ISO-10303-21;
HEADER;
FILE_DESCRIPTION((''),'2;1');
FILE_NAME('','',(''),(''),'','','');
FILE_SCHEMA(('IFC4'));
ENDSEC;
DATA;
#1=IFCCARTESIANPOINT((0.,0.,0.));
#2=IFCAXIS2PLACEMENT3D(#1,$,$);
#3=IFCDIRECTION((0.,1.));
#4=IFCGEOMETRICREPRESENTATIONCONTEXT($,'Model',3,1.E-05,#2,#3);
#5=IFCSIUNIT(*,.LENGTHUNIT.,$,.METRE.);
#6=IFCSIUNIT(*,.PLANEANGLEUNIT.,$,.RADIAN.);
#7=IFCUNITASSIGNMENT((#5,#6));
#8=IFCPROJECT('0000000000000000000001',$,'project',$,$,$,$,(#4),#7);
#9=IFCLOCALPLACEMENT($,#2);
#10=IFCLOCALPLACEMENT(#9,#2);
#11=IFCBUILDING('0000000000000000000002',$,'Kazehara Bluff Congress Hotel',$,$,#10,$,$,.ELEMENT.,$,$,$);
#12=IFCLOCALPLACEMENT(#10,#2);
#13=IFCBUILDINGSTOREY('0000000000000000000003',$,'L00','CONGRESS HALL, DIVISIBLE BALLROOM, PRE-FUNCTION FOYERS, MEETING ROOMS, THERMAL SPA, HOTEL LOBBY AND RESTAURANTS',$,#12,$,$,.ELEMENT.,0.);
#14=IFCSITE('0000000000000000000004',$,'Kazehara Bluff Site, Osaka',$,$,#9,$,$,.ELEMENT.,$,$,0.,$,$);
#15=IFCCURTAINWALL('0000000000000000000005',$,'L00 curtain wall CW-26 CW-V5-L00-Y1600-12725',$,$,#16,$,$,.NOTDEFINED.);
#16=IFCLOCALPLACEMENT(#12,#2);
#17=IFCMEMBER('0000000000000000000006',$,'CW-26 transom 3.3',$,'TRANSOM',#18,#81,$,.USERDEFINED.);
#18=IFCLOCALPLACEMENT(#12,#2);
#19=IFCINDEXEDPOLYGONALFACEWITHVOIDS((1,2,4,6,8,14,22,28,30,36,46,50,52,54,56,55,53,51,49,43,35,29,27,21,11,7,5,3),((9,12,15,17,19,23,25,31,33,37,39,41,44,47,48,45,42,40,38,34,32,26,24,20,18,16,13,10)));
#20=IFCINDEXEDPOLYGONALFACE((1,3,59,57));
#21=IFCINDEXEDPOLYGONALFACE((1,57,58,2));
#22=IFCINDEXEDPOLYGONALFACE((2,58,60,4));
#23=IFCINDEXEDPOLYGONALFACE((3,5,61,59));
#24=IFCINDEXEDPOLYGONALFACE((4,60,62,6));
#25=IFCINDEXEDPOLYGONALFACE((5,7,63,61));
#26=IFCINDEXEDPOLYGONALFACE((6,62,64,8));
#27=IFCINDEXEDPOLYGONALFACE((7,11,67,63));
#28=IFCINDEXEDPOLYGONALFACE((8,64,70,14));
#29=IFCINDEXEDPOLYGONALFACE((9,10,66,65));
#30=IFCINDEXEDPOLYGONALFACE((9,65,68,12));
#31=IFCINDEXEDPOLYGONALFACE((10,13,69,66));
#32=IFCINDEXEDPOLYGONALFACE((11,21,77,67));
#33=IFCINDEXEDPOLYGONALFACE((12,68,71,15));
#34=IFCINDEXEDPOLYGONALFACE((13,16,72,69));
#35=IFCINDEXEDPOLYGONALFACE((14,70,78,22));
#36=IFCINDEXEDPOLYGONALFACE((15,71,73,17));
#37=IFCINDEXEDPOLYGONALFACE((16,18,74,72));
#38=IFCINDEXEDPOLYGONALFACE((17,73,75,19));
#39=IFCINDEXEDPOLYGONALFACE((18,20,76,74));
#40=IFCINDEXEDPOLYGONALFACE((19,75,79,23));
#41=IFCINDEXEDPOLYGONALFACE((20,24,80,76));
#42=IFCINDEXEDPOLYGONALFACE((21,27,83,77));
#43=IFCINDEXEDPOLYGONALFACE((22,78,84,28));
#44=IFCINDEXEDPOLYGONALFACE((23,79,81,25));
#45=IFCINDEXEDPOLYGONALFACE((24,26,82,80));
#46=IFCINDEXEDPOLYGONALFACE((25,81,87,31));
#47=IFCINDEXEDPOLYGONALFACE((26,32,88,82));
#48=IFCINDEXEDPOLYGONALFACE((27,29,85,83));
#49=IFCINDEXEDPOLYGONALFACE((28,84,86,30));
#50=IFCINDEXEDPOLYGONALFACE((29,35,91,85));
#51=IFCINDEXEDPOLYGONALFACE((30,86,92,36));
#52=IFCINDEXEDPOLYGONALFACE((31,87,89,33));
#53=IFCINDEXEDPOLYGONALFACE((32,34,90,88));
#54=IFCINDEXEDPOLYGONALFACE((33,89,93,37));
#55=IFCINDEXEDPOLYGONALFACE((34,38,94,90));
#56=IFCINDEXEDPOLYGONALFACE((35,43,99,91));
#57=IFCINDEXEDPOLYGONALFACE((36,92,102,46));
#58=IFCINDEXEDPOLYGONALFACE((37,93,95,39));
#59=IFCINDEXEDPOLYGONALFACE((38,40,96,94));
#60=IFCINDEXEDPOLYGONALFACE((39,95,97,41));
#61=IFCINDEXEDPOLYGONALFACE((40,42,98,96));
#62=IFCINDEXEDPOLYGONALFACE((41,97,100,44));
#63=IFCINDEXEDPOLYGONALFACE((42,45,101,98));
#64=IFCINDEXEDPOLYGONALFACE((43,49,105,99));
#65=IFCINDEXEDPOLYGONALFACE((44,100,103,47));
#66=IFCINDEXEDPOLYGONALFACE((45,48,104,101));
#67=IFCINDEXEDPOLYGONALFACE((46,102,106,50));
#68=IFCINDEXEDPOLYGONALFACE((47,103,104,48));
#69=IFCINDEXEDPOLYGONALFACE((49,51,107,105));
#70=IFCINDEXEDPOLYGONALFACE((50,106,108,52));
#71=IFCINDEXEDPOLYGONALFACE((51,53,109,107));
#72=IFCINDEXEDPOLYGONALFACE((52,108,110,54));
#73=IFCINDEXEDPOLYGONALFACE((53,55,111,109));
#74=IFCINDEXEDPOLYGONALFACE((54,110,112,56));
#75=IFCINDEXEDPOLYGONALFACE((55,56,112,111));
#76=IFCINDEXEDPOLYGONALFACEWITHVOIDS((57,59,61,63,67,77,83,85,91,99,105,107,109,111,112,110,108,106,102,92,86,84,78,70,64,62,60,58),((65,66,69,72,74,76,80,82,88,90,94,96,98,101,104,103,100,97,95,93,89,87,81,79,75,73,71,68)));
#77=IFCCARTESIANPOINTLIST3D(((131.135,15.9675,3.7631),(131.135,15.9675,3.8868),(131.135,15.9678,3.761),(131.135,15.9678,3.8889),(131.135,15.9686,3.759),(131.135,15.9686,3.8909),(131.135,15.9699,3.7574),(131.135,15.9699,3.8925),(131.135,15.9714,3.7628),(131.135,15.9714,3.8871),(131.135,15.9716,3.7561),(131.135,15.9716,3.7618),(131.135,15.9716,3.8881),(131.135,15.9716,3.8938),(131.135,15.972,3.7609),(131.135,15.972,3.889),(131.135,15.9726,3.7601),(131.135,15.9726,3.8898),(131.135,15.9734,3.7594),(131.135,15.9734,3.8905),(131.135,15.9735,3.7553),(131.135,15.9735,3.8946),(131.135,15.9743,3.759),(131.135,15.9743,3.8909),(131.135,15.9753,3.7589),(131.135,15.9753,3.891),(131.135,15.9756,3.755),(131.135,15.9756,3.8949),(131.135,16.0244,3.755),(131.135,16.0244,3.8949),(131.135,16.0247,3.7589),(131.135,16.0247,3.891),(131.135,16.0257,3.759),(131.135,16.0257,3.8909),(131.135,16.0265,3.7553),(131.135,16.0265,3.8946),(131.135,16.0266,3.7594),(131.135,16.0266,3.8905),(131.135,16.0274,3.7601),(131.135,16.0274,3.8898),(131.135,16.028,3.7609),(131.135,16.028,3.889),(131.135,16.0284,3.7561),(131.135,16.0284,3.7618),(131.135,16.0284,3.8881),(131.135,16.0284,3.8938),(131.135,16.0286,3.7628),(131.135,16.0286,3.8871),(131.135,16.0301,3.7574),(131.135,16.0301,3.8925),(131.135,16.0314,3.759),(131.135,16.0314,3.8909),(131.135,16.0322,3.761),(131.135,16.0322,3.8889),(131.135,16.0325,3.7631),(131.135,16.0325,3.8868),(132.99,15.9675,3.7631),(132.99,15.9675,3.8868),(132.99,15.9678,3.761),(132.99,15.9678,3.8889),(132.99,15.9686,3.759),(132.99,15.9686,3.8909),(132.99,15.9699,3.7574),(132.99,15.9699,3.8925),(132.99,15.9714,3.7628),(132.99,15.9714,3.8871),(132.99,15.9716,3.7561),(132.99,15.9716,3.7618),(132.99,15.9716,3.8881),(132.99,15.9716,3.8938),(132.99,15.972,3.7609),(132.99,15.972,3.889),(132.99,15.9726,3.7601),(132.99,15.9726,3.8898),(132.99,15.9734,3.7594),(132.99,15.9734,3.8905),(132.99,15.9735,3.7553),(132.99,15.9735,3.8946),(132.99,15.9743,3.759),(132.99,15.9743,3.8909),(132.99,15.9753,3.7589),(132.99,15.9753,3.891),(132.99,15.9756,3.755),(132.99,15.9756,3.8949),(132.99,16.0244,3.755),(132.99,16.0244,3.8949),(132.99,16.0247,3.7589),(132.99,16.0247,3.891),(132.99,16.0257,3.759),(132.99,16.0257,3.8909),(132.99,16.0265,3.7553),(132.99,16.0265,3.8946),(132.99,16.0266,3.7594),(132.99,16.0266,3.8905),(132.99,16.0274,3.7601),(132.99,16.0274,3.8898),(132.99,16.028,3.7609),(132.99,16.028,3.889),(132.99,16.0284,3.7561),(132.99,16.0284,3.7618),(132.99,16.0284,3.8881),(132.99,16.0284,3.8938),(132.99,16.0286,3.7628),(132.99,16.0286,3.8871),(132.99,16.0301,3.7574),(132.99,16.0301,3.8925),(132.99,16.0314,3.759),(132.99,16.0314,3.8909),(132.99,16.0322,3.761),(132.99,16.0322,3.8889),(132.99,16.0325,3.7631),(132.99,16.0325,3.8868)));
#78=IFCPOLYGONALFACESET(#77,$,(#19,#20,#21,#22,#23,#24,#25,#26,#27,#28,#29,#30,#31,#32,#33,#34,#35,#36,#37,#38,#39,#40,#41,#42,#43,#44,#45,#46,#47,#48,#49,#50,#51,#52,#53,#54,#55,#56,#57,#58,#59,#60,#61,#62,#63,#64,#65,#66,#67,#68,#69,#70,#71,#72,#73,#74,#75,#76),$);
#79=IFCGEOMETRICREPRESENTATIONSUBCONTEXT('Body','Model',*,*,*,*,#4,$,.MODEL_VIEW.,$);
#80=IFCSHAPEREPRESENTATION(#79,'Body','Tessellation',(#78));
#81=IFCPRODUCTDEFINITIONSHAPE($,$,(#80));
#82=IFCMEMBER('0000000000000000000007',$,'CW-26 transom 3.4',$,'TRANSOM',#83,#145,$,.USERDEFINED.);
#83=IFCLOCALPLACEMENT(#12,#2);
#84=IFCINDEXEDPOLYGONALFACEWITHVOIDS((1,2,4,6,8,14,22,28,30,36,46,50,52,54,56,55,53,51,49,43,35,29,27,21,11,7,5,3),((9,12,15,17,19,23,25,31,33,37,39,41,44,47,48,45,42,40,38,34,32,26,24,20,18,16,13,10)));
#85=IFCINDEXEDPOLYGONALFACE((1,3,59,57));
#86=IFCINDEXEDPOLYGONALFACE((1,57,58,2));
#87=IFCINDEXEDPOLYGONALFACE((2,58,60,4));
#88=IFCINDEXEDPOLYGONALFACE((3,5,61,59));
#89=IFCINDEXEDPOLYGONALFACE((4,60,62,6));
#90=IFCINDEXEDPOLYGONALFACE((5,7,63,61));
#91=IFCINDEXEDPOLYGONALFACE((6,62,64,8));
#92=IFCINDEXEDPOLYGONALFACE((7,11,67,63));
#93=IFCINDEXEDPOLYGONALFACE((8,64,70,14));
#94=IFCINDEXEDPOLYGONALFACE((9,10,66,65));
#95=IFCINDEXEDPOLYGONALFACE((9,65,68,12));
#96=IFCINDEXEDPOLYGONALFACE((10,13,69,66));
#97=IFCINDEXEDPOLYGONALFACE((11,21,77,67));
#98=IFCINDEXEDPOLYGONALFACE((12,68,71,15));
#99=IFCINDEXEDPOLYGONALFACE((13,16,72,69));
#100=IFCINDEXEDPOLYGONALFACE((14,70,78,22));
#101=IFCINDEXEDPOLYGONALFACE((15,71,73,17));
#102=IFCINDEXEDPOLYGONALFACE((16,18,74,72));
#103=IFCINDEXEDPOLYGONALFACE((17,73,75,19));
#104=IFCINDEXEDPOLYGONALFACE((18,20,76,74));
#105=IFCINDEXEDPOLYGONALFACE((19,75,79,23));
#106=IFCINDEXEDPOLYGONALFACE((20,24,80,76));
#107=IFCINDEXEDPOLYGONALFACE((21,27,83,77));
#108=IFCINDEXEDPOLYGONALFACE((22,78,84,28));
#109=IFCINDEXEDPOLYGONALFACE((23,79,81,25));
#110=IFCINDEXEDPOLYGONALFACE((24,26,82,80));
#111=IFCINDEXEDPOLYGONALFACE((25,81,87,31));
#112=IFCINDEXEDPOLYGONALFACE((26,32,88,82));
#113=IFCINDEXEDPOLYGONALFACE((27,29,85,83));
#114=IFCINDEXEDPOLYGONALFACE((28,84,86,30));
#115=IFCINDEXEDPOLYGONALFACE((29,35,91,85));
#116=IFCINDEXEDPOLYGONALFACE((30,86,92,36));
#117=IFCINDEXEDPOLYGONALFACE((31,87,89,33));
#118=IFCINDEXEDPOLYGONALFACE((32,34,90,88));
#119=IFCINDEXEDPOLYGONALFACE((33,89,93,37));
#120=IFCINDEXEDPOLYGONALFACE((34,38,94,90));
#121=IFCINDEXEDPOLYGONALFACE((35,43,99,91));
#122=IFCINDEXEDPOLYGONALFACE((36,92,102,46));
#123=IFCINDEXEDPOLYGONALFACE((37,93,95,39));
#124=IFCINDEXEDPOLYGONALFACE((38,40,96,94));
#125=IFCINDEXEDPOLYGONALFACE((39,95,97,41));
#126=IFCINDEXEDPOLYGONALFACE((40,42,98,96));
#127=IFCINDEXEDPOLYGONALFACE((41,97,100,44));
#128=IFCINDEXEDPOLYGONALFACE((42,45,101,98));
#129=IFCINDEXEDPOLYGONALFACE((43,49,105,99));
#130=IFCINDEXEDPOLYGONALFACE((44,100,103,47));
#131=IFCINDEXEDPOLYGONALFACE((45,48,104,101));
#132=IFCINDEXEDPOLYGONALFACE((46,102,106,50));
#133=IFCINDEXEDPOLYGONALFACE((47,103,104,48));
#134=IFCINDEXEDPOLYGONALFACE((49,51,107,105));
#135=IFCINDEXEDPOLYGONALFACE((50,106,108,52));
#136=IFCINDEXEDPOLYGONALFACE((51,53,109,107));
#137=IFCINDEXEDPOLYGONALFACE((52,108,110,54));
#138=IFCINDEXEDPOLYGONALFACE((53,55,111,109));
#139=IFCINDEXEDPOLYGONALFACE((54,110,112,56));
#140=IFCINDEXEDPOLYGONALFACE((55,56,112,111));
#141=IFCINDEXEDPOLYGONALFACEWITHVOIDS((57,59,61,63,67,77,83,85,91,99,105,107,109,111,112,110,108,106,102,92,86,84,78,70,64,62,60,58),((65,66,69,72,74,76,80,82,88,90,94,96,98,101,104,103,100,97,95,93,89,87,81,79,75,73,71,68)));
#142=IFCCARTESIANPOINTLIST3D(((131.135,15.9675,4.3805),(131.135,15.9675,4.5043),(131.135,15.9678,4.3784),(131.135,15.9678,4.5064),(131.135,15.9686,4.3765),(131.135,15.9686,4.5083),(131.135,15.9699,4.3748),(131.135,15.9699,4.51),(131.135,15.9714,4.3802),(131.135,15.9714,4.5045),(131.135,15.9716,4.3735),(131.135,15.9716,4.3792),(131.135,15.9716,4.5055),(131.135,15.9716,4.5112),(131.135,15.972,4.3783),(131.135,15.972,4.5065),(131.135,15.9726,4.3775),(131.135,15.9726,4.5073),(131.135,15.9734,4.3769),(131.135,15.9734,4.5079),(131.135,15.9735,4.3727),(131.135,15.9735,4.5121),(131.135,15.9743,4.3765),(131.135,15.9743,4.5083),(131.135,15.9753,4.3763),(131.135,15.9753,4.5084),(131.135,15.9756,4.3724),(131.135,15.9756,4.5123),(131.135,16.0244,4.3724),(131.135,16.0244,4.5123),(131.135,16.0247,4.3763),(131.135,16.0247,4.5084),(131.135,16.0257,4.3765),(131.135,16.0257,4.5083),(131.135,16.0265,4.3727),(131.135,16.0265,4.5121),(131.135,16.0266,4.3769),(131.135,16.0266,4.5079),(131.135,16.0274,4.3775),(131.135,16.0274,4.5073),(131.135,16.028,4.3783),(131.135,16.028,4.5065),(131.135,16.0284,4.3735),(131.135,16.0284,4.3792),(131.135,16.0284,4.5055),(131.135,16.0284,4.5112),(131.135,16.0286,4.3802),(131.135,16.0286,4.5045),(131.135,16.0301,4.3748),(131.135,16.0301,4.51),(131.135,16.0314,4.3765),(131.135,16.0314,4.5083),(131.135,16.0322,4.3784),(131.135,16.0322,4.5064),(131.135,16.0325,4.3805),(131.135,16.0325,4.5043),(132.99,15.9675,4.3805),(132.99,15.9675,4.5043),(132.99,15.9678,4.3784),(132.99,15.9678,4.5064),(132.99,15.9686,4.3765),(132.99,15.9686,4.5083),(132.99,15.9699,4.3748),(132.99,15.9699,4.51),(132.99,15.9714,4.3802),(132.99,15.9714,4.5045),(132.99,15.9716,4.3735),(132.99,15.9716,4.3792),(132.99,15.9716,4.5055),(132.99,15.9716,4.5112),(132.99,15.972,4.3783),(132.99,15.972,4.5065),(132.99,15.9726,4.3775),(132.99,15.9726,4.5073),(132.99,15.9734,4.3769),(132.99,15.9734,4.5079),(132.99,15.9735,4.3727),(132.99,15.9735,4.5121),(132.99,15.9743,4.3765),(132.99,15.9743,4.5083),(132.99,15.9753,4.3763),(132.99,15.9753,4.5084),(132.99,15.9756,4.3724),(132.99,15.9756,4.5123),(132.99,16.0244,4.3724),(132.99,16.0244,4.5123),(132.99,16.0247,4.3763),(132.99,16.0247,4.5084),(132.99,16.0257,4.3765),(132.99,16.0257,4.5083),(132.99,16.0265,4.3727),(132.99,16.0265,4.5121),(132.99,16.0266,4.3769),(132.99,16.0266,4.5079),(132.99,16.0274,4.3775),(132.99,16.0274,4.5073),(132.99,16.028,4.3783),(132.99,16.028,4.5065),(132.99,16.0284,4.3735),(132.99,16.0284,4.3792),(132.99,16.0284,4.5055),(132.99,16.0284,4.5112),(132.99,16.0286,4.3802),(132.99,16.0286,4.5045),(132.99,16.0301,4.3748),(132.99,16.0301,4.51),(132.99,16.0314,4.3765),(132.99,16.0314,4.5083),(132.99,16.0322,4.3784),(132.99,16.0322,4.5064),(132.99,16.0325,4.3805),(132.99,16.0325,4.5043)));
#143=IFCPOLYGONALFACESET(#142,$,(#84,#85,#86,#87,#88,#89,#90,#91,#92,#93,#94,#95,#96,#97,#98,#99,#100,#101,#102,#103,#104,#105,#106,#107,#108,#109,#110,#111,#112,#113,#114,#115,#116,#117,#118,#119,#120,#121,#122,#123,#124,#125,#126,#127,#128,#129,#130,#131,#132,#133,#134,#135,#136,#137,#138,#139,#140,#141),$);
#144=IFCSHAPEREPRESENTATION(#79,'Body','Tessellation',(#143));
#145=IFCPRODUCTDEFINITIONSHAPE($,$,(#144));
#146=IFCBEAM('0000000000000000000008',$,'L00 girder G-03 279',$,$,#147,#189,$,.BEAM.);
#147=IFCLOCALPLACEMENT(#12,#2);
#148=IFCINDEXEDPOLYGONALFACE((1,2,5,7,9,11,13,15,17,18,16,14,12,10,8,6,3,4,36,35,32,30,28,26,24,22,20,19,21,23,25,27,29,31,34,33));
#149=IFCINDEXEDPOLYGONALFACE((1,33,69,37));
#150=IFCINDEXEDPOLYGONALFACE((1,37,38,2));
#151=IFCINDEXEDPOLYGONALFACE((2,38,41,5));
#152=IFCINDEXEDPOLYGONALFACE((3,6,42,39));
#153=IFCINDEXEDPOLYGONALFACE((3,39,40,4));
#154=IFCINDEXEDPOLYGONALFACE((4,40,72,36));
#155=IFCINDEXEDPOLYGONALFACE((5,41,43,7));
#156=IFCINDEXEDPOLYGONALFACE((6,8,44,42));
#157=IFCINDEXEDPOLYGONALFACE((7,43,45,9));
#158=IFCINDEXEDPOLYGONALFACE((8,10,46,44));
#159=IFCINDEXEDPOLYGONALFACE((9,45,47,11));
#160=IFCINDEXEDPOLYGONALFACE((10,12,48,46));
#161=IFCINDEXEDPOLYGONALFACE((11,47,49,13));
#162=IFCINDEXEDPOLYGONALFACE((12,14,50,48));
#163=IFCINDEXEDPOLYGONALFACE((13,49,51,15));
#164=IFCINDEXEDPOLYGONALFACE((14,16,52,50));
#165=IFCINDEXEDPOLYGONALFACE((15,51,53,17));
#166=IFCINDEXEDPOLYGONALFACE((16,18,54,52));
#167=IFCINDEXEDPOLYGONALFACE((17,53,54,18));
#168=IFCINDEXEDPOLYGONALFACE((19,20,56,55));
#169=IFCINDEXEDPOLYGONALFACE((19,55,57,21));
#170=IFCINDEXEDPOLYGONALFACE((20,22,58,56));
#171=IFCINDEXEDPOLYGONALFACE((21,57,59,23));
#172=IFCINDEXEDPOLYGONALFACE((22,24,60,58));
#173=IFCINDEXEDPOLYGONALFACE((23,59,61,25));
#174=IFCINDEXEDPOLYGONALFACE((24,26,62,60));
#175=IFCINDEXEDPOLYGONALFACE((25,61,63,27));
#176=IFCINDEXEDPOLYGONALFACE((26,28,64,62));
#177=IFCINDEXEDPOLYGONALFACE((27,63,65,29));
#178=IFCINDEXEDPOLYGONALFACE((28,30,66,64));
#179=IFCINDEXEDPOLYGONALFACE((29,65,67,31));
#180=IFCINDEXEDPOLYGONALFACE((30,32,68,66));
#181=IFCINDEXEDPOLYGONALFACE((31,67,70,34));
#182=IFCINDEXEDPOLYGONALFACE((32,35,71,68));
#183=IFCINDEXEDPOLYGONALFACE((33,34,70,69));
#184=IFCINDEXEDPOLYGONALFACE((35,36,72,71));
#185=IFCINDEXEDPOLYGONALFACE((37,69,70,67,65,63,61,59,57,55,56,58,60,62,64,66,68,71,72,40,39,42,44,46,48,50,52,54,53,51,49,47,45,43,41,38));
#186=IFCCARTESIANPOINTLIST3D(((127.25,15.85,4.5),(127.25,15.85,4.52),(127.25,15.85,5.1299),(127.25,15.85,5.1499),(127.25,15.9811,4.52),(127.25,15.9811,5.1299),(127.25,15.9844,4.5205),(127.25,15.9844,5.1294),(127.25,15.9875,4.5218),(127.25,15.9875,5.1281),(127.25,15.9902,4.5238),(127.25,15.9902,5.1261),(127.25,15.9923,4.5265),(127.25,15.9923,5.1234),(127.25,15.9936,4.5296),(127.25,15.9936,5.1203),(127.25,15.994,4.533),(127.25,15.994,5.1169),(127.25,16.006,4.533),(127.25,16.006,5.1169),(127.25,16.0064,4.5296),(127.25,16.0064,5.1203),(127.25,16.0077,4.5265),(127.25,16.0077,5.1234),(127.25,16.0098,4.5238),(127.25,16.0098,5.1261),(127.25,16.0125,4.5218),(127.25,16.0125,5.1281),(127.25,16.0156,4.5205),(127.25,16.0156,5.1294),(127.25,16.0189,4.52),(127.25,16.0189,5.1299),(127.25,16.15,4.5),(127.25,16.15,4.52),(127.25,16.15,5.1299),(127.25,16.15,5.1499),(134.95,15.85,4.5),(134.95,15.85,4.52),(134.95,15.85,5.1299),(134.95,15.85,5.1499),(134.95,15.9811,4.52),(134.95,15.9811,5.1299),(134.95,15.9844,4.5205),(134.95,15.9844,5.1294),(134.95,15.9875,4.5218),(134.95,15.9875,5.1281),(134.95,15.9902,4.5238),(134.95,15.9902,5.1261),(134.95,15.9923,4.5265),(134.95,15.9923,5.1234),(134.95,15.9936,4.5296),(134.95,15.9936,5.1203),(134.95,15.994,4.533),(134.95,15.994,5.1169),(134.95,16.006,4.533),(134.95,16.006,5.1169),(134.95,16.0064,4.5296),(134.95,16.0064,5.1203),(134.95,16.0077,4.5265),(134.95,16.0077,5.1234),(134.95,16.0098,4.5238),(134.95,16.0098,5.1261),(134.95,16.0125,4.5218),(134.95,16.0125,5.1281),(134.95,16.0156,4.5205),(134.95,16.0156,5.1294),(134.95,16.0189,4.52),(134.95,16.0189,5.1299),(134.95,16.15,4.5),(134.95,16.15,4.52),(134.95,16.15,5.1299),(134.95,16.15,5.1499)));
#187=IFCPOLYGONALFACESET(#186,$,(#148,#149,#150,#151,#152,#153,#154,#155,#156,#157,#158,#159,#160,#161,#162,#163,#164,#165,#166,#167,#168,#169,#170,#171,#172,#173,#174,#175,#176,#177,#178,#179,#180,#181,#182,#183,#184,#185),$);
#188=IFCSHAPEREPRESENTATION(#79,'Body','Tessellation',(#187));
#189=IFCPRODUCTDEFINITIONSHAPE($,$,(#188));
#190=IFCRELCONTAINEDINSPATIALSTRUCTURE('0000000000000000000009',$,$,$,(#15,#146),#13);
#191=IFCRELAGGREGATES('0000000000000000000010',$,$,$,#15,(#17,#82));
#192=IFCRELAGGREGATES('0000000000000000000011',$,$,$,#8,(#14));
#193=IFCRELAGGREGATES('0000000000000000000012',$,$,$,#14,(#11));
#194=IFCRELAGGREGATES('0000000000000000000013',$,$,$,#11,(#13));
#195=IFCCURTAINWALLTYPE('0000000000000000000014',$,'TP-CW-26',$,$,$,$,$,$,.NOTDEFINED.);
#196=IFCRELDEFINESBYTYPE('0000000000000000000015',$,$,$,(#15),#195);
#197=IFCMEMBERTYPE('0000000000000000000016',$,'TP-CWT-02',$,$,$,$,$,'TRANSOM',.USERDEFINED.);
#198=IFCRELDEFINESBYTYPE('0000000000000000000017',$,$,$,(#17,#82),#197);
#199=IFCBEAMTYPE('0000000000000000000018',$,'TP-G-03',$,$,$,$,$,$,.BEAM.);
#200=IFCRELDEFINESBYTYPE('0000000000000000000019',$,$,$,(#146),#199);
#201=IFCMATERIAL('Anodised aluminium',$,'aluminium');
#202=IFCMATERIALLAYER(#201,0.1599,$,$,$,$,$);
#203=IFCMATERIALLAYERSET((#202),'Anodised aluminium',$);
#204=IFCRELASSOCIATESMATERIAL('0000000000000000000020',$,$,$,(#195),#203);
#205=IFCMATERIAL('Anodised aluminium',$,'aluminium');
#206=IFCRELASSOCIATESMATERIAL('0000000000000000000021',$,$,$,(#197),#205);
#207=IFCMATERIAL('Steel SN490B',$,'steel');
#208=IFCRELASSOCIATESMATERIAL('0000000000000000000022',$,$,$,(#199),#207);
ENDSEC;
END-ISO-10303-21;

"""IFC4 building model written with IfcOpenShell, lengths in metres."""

from ifc_helpers import new_model, si_unit, direction, frame, origin, origin_2d, place, context, subcontext, project, spatial, hollow_rectangle, i_section, extrude, material, layer, layer_set, material_profile, profile_set, type_object, element, aggregate, save


model = new_model("IFC4")

# Units and contexts
model_context = context("Model", 3, precision=1e-05, world=origin(), true_north=direction((0.0, 1.0)))
body_context = subcontext(model_context, "Body", "Model", "MODEL_VIEW")
ifc_project = project(units=[si_unit("LENGTHUNIT", "METRE"), si_unit("PLANEANGLEUNIT", "RADIAN")], contexts=[model_context])

# Site, building, storey
site_placement = place(None, origin())
site = spatial("IfcSite", under=ifc_project, at=site_placement, Name="Kazehara Bluff Site, Osaka", CompositionType="ELEMENT", RefElevation=0.0)
building_placement = place(site_placement, origin())
building = spatial("IfcBuilding", under=site, at=building_placement, Name="Kazehara Bluff Congress Hotel", CompositionType="ELEMENT")
storey_placement = place(building_placement, origin())
storey = spatial("IfcBuildingStorey", under=building, at=storey_placement, Name="L00", Description="CONGRESS HALL, DIVISIBLE BALLROOM, PRE-FUNCTION FOYERS, MEETING ROOMS, THERMAL SPA, HOTEL LOBBY AND RESTAURANTS", CompositionType="ELEMENT", Elevation=0.0)

# Shared definitions
ifc_material_1 = material(Name="Anodised aluminium", Category="aluminium")
ifc_layer_1 = layer(ifc_material_1, 0.1599)
ifc_layer_set_1 = layer_set([ifc_layer_1], Name="Anodised aluminium")
curtain_wall_type = type_object("IfcCurtainWallType", Name="TP-CW-26", PredefinedType="NOTDEFINED", material=ifc_layer_set_1)

# Curtain wall
curtain_wall_1_placement = place(storey_placement, origin())
curtain_wall_1 = element("IfcCurtainWall", 1, at=curtain_wall_1_placement, inside=storey, type_object=curtain_wall_type, Name="L00 curtain wall CW-26 CW-V5-L00-Y1600-12725", PredefinedType="NOTDEFINED")

# Members
ifc_material_2 = material(Name="Anodised aluminium", Category="aluminium")
ifc_material_profile_1 = material_profile(ifc_material_2, hollow_rectangle(XDim=0.0649, YDim=0.1399, WallThickness=0.0039, InnerFilletRadius=0.0039, OuterFilletRadius=0.0081, at=origin_2d()))
ifc_profile_set_1 = profile_set([ifc_material_profile_1], Name="Anodised aluminium")
member_type_1 = type_object("IfcMemberType", Name="TP-CWT-02", ElementType="TRANSOM", PredefinedType="USERDEFINED", material=ifc_profile_set_1)
member_1_placement = place(storey_placement, frame((131.135, 16.0, 3.825), z_axis=(1.0, 0.0, 0.0), x_axis=(0.0, 1.0, 0.0)))
member_1 = element("IfcMember", 2, at=member_1_placement, type_object=member_type_1, Name="CW-26 transom 3.3", ObjectType="TRANSOM", PredefinedType="USERDEFINED", context=body_context, shape_type="SweptSolid", body=[
    extrude(hollow_rectangle(XDim=0.0649, YDim=0.1399, WallThickness=0.0039, InnerFilletRadius=0.0039, OuterFilletRadius=0.0081, at=origin_2d()), origin(), (0.0, 0.0, 1.0), 1.855),
])
member_2_placement = place(storey_placement, frame((131.135, 16.0, 4.4424), z_axis=(1.0, 0.0, 0.0), x_axis=(0.0, 1.0, 0.0)))
member_2 = element("IfcMember", 3, at=member_2_placement, type_object=member_type_1, Name="CW-26 transom 3.4", ObjectType="TRANSOM", PredefinedType="USERDEFINED", context=body_context, shape_type="SweptSolid", body=[
    extrude(hollow_rectangle(XDim=0.0649, YDim=0.1399, WallThickness=0.0039, InnerFilletRadius=0.0039, OuterFilletRadius=0.0081, at=origin_2d()), origin(), (0.0, 0.0, 1.0), 1.855),
])

# Beam
ifc_material_3 = material(Name="Steel SN490B", Category="steel")
ifc_material_profile_2 = material_profile(ifc_material_3, i_section(OverallWidth=0.3, OverallDepth=0.6499, WebThickness=0.012, FlangeThickness=0.02, FilletRadius=0.0129, at=origin_2d()))
ifc_profile_set_2 = profile_set([ifc_material_profile_2], Name="Steel SN490B")
beam_type = type_object("IfcBeamType", Name="TP-G-03", PredefinedType="BEAM", material=ifc_profile_set_2)
beam_placement = place(storey_placement, frame((127.25, 16.0, 4.825), z_axis=(1.0, 0.0, 0.0), x_axis=(0.0, 1.0, 0.0)))
element("IfcBeam", 4, at=beam_placement, inside=storey, type_object=beam_type, Name="L00 girder G-03 279", PredefinedType="BEAM", context=body_context, shape_type="SweptSolid", body=[
    extrude(i_section(OverallWidth=0.3, OverallDepth=0.6499, WebThickness=0.012, FlangeThickness=0.02, FilletRadius=0.0129, at=origin_2d()), origin(), (0.0, 0.0, 1.0), 7.7),
])

aggregate(curtain_wall_1, [member_1, member_2])

save(model, "model.ifc")
